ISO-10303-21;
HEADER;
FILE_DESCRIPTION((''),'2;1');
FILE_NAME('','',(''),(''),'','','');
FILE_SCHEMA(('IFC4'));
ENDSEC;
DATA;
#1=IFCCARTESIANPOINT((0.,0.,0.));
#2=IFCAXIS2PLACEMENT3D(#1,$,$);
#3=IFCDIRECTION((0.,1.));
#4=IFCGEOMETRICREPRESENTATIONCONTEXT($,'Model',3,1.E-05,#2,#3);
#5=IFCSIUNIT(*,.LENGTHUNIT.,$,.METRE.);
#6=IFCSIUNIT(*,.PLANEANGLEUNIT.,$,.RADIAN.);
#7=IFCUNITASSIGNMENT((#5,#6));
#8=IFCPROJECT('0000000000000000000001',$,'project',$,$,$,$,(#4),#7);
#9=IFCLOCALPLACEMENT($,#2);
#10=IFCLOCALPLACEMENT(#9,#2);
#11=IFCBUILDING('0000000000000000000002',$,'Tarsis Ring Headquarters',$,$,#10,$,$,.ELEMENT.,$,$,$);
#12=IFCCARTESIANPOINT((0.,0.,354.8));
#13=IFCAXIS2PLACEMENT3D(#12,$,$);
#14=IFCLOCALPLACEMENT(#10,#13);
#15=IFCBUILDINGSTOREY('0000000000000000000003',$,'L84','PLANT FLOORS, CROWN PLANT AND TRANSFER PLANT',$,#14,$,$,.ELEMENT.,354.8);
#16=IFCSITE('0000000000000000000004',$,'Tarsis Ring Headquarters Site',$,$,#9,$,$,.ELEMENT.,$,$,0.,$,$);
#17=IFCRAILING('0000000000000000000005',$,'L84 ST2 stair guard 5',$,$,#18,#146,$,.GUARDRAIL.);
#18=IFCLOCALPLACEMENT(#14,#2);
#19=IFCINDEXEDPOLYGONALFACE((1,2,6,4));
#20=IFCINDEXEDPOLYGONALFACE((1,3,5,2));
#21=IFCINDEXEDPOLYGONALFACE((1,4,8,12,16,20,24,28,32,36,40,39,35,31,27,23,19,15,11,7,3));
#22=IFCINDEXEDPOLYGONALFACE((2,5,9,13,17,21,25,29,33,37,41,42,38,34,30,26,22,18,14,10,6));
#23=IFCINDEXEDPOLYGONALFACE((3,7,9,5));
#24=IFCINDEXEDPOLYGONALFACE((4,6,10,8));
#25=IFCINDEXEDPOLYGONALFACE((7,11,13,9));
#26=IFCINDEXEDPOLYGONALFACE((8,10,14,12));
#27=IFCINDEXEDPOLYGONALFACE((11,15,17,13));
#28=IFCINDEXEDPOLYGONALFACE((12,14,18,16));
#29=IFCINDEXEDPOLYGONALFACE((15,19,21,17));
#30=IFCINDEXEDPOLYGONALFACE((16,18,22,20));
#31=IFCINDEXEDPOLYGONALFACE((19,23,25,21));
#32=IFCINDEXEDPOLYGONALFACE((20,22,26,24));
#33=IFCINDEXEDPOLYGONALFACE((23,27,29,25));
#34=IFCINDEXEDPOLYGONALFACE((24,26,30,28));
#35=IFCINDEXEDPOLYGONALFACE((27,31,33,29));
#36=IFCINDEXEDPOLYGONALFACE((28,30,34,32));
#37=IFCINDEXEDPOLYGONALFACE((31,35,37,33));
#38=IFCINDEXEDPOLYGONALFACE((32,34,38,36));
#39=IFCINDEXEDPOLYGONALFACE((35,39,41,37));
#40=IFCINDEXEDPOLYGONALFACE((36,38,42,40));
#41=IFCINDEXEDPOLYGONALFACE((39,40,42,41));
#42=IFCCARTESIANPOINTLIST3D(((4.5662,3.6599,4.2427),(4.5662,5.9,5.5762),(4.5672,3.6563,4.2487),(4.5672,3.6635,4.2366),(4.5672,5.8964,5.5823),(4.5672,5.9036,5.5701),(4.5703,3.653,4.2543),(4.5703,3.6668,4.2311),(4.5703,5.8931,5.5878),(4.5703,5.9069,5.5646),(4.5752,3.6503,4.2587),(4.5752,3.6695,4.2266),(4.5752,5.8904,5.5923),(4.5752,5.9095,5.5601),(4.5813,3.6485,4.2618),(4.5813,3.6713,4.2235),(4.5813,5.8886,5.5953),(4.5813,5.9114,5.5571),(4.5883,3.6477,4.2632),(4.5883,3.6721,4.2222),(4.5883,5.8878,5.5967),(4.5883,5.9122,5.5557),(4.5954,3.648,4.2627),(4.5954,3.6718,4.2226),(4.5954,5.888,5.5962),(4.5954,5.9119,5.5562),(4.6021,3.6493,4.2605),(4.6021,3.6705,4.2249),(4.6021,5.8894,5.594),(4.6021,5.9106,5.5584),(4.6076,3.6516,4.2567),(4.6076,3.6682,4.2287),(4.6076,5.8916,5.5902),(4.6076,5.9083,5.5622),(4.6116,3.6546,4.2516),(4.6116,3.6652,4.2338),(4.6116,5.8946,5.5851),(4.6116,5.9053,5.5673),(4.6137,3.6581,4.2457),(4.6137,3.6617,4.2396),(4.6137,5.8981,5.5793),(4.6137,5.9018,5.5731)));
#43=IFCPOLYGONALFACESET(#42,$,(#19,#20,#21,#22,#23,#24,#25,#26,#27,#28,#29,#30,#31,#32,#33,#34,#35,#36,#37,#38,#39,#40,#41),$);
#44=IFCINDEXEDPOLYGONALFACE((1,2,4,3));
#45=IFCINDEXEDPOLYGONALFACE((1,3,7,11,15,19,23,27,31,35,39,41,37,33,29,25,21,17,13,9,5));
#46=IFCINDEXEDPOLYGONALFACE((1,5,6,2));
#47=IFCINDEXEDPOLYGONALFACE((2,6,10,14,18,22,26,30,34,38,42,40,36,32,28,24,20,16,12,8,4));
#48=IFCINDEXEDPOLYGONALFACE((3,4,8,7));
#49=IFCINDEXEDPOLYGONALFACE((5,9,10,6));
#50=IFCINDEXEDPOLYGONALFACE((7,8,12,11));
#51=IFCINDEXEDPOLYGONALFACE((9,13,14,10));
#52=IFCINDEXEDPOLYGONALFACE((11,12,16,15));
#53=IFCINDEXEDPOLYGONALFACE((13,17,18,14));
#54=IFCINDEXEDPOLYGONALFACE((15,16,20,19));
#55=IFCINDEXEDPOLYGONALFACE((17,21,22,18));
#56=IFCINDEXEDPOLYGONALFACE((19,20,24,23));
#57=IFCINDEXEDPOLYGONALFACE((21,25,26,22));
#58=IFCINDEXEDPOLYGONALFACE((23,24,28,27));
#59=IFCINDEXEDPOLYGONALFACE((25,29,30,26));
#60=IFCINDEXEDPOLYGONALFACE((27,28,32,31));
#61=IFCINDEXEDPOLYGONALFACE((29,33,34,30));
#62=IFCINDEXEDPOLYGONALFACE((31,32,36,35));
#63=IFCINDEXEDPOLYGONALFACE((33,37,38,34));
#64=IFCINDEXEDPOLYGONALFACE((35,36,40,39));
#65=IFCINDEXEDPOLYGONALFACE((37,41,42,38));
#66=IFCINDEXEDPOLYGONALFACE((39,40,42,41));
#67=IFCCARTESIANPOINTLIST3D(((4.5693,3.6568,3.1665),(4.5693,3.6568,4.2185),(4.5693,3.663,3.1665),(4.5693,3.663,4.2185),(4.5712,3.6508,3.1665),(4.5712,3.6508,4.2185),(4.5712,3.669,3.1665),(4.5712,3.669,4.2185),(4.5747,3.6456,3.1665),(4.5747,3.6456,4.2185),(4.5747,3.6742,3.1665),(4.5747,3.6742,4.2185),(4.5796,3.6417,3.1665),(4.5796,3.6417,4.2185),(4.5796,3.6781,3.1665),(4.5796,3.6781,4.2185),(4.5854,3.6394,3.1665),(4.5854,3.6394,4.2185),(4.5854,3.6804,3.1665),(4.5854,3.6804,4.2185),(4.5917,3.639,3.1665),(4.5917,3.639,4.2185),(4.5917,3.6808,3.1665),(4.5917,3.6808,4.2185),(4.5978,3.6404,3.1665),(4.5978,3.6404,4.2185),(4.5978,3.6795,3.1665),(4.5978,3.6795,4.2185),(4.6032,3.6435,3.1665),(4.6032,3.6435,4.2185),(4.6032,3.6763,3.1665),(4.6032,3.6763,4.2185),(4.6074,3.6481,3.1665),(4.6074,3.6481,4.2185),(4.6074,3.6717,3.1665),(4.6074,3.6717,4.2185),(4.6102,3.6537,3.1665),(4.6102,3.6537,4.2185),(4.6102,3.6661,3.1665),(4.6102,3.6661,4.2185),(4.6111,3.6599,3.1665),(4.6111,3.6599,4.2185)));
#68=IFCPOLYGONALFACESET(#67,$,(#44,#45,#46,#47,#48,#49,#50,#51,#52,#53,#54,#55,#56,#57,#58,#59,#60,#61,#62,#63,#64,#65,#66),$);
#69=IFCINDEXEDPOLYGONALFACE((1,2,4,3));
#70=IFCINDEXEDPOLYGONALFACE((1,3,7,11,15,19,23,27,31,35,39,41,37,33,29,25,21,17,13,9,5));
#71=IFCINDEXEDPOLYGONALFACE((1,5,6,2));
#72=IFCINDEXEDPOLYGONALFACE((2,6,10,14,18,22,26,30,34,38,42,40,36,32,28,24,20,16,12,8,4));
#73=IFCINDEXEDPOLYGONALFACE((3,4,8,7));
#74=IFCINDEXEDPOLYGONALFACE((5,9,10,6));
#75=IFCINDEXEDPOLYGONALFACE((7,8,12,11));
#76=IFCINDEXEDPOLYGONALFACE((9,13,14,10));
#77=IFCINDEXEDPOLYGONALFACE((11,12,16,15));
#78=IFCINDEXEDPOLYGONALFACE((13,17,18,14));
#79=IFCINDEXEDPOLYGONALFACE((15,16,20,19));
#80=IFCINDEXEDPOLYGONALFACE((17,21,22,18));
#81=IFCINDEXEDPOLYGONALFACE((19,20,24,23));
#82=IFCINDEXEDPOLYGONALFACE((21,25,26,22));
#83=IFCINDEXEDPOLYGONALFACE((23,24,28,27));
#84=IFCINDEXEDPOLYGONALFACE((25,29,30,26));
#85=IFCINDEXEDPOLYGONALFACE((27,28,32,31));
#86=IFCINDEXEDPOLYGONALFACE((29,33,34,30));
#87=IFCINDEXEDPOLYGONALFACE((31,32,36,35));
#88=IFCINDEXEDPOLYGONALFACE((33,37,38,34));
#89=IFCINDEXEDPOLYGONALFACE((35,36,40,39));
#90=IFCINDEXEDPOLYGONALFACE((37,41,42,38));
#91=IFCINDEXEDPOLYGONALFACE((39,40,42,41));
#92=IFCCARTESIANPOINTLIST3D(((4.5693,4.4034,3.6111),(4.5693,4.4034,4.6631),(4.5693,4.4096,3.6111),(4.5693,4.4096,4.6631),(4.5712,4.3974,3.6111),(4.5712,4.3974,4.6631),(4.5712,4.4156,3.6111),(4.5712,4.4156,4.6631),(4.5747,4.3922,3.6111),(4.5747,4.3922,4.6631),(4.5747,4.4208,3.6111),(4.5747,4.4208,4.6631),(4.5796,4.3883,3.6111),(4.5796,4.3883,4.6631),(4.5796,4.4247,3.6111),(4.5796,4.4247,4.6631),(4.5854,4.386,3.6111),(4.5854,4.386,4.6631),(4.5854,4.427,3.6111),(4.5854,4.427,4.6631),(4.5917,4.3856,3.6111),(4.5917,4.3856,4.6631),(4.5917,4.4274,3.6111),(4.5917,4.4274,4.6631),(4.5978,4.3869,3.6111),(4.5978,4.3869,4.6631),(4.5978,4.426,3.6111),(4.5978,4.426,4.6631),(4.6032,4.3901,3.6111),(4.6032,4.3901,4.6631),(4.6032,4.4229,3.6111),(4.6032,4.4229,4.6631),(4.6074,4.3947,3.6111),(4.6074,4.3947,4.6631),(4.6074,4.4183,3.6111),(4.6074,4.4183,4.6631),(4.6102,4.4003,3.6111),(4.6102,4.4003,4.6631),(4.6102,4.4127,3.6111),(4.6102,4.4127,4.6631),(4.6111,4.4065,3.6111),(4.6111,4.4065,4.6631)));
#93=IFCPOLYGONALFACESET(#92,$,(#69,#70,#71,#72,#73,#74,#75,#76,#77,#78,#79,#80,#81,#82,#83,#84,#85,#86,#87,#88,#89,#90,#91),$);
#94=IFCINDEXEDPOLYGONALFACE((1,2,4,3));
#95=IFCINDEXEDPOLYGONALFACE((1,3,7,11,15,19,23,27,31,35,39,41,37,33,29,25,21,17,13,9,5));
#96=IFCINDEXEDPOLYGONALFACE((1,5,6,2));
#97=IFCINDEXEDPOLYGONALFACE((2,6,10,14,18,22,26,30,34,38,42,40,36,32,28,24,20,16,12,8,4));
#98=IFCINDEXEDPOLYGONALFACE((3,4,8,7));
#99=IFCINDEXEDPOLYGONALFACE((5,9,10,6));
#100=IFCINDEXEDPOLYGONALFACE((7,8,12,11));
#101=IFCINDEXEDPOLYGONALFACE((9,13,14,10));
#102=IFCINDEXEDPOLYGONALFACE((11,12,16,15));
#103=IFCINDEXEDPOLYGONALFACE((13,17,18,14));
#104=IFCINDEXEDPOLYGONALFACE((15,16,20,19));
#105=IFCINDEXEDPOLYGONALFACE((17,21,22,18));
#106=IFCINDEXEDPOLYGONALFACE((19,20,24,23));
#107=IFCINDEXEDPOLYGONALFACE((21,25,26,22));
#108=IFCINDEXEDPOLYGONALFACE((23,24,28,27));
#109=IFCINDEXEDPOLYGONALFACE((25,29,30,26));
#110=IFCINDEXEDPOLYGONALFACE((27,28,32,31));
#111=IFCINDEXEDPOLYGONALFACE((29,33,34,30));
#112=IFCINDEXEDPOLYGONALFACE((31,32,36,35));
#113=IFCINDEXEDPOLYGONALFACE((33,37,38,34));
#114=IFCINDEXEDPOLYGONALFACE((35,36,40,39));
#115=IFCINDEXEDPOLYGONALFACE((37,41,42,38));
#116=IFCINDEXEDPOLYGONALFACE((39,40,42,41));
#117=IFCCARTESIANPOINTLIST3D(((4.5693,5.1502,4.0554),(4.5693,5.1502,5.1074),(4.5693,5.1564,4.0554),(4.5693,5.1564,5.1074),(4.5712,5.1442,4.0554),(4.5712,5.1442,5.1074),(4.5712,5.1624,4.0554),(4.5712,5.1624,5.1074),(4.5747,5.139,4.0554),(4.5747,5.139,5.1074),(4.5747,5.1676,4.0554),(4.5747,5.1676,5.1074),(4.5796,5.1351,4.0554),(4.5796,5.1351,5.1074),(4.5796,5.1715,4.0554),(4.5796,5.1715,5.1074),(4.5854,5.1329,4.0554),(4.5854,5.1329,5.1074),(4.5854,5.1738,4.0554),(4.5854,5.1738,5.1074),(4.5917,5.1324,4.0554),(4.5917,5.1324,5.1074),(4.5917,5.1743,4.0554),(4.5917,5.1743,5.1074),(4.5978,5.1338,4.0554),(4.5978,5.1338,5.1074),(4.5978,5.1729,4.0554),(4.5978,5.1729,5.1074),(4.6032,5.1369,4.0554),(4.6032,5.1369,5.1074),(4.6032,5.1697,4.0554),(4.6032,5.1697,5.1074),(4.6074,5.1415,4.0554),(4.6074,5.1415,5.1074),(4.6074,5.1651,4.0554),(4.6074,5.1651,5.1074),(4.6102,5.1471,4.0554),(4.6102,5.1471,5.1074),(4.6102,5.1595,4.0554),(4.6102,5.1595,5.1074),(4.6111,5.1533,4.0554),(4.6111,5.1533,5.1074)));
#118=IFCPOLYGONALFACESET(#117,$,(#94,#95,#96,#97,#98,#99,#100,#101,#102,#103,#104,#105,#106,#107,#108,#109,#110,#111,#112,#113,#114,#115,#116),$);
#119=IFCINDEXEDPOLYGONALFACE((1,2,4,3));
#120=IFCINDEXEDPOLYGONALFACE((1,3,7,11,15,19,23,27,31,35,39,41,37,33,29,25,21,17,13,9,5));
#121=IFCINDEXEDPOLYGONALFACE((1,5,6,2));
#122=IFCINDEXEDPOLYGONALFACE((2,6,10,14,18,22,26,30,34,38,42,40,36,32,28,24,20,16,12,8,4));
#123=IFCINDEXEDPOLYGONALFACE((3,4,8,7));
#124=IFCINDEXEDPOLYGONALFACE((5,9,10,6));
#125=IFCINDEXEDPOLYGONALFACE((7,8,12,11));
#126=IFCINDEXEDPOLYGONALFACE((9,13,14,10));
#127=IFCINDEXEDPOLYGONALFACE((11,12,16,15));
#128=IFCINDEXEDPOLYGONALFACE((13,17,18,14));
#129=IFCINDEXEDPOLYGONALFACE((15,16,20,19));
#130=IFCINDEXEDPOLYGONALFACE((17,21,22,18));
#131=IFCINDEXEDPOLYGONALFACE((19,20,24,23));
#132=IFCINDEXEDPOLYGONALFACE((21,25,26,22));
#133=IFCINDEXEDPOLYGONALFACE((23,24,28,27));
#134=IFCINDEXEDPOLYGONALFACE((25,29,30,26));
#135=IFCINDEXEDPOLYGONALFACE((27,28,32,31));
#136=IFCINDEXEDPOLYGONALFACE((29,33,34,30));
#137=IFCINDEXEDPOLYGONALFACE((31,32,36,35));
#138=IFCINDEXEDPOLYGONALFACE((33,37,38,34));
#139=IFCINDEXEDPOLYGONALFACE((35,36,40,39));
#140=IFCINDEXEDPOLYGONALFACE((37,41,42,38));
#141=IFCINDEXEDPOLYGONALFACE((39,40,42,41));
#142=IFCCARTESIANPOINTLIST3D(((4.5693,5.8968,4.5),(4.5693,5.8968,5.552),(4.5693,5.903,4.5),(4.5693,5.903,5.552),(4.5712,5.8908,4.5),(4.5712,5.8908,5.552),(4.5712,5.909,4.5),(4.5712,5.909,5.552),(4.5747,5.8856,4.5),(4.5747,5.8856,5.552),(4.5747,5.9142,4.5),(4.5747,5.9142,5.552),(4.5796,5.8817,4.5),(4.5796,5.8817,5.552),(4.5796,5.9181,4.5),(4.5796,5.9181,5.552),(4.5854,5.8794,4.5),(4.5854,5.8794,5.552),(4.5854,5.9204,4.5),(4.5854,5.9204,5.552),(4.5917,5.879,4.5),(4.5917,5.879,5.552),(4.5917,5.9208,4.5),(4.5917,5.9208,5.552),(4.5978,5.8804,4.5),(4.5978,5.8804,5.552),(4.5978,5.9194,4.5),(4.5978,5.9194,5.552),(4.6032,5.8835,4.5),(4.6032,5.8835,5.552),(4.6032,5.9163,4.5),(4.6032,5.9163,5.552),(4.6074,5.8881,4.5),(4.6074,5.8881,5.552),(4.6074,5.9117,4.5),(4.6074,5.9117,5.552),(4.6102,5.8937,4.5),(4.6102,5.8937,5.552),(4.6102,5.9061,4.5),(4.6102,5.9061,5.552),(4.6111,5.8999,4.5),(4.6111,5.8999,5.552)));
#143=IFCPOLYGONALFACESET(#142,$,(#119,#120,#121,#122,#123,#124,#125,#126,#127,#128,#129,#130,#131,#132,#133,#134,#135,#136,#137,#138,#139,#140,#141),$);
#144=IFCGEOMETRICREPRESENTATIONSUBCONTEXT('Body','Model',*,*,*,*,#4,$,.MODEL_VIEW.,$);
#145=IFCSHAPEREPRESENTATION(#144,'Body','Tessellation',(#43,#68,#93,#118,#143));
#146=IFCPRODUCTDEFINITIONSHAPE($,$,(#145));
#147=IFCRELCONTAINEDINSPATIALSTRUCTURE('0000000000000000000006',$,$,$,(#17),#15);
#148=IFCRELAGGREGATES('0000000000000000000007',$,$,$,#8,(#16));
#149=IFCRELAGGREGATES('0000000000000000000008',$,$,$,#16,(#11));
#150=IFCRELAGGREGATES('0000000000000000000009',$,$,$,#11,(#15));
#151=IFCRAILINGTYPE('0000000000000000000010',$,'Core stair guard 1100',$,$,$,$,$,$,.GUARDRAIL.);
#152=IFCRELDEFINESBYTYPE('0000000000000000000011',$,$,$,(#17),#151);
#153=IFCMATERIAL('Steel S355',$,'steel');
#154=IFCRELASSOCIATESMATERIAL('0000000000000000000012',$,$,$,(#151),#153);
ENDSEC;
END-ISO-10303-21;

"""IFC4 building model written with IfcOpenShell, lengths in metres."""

from ifc_helpers import new_model, si_unit, direction, frame, origin, origin_2d, place, context, subcontext, project, spatial, circle, extrude, material, type_object, element, save


model = new_model("IFC4")

# Units and contexts
model_context = context("Model", 3, precision=1e-05, world=origin(), true_north=direction((0.0, 1.0)))
body_context = subcontext(model_context, "Body", "Model", "MODEL_VIEW")
ifc_project = project(units=[si_unit("LENGTHUNIT", "METRE"), si_unit("PLANEANGLEUNIT", "RADIAN")], contexts=[model_context])

# Site, building, storey
site_placement = place(None, origin())
site = spatial("IfcSite", under=ifc_project, at=site_placement, Name="Tarsis Ring Headquarters Site", CompositionType="ELEMENT", RefElevation=0.0)
building_placement = place(site_placement, origin())
building = spatial("IfcBuilding", under=site, at=building_placement, Name="Tarsis Ring Headquarters", CompositionType="ELEMENT")
storey_placement = place(building_placement, frame((0.0, 0.0, 354.8)))
storey = spatial("IfcBuildingStorey", under=building, at=storey_placement, Name="L84", Description="PLANT FLOORS, CROWN PLANT AND TRANSFER PLANT", CompositionType="ELEMENT", Elevation=354.8)

# Railing
ifc_material_1 = material(Name="Steel S355", Category="steel")
railing_type_1 = type_object("IfcRailingType", Name="Core stair guard 1100", PredefinedType="GUARDRAIL", material=ifc_material_1)
railing_1_placement = place(storey_placement, frame((4.5901, 3.6599, 3.1665)))
element("IfcRailing", 1, at=railing_1_placement, inside=storey, type_object=railing_type_1, Name="L84 ST2 stair guard 5", PredefinedType="GUARDRAIL", context=body_context, shape_type="SweptSolid", body=[
    extrude(circle(Radius=0.0239, at=origin_2d()), frame((0.0, 0.0, 1.0762), z_axis=(0.0, 0.859264, 0.511532), x_axis=(-1.0, 0.0, 0.0)), (0.0, 0.0, 1.0), 2.6069),
    extrude(circle(Radius=0.021, at=origin_2d()), origin(), (0.0, 0.0, 1.0), 1.052),
    extrude(circle(Radius=0.021, at=origin_2d()), frame((0.0, 0.7466, 0.4446)), (0.0, 0.0, 1.0), 1.052),
    extrude(circle(Radius=0.021, at=origin_2d()), frame((0.0, 1.4934, 0.8889)), (0.0, 0.0, 1.0), 1.052),
    extrude(circle(Radius=0.021, at=origin_2d()), frame((0.0, 2.24, 1.3335)), (0.0, 0.0, 1.0), 1.052),
])

save(model, "model.ifc")
